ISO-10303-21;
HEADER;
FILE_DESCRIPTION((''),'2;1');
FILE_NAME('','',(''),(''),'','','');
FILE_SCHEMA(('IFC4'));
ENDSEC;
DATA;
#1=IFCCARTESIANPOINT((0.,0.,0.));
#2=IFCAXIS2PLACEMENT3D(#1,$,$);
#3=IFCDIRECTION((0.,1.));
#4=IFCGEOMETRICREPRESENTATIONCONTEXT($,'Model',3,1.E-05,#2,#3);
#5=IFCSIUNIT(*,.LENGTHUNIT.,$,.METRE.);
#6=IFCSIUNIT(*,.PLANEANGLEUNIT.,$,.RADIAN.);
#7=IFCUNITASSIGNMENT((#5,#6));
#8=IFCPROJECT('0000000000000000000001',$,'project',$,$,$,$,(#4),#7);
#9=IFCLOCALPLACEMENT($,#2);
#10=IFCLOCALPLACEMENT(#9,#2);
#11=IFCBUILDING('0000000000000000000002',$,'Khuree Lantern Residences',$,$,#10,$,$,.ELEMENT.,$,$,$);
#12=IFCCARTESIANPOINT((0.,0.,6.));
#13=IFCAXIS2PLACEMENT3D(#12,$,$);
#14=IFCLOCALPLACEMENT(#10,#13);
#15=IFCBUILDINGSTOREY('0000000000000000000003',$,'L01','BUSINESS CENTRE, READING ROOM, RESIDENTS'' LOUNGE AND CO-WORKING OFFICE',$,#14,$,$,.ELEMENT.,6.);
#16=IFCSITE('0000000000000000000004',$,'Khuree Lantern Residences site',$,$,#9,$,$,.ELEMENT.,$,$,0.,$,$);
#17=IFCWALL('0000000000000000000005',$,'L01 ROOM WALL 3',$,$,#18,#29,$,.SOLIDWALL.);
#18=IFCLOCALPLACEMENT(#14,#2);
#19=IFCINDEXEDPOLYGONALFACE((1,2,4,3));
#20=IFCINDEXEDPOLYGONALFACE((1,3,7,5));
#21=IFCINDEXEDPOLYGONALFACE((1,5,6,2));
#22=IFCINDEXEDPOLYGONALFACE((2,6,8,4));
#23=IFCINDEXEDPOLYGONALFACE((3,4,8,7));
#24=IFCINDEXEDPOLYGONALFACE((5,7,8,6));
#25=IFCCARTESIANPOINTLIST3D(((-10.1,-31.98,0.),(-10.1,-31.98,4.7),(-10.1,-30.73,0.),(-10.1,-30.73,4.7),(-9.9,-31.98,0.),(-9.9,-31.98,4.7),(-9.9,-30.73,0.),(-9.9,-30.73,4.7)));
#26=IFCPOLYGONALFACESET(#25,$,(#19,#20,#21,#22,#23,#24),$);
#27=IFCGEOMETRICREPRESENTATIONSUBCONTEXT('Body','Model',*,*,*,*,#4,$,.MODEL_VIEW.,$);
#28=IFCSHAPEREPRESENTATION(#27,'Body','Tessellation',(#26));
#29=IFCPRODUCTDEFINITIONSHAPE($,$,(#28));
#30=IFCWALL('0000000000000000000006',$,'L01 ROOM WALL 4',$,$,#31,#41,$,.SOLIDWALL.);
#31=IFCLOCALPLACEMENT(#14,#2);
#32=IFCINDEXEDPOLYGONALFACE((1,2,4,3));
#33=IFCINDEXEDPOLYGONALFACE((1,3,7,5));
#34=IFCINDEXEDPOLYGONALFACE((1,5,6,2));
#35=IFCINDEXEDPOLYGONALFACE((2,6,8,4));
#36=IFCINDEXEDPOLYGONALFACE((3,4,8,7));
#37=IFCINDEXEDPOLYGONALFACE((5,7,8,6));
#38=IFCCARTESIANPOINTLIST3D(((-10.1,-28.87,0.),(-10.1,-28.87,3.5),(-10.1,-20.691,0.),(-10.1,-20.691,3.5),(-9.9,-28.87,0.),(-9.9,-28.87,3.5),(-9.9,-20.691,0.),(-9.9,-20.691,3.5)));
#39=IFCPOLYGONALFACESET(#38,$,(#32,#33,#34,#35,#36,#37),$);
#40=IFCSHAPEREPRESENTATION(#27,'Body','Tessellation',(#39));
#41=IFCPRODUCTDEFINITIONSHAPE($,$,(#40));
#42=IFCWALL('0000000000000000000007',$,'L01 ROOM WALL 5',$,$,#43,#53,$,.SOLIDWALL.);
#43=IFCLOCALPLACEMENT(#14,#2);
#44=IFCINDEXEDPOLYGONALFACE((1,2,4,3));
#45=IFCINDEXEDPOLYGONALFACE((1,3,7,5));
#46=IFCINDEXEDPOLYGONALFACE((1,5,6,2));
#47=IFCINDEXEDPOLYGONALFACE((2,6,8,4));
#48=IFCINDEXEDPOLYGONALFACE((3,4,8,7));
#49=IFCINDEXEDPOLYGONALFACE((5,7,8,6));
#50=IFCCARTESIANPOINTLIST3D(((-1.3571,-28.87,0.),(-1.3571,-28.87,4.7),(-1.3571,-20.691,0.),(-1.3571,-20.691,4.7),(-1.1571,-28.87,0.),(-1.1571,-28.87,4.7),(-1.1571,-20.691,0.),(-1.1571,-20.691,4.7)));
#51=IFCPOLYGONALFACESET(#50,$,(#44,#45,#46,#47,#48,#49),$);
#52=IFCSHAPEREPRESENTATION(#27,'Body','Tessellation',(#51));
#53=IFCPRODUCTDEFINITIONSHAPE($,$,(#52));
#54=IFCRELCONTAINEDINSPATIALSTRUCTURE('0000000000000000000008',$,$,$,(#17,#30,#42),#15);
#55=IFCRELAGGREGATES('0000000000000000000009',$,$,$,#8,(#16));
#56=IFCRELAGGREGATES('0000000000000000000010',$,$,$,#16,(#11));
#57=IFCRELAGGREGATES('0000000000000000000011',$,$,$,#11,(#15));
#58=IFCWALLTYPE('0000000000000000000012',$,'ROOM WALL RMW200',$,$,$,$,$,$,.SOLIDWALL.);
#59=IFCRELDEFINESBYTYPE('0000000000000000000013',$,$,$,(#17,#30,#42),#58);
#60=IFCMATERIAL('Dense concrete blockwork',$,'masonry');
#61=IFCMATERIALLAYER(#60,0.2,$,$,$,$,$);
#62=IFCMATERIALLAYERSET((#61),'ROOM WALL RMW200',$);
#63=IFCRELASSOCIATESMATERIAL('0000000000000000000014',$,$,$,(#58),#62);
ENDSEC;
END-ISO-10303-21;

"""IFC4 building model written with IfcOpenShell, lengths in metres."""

from ifc_helpers import new_model, si_unit, direction, frame, frame_2d, origin, place, context, subcontext, project, spatial, rectangle, extrude, material, layer, layer_set, type_object, element, save


model = new_model("IFC4")

# Units and contexts
model_context = context("Model", 3, precision=1e-05, world=origin(), true_north=direction((0.0, 1.0)))
body_context = subcontext(model_context, "Body", "Model", "MODEL_VIEW")
ifc_project = project(units=[si_unit("LENGTHUNIT", "METRE"), si_unit("PLANEANGLEUNIT", "RADIAN")], contexts=[model_context])

# Site, building, storey
site_placement = place(None, origin())
site = spatial("IfcSite", under=ifc_project, at=site_placement, Name="Khuree Lantern Residences site", CompositionType="ELEMENT", RefElevation=0.0)
building_placement = place(site_placement, origin())
building = spatial("IfcBuilding", under=site, at=building_placement, Name="Khuree Lantern Residences", CompositionType="ELEMENT")
storey_placement = place(building_placement, frame((0.0, 0.0, 6.0)))
storey = spatial("IfcBuildingStorey", under=building, at=storey_placement, Name="L01", Description="BUSINESS CENTRE, READING ROOM, RESIDENTS' LOUNGE AND CO-WORKING OFFICE", CompositionType="ELEMENT", Elevation=6.0)

# Walls
ifc_material_1 = material(Name="Dense concrete blockwork", Category="masonry")
ifc_layer_1 = layer(ifc_material_1, 0.2)
ifc_layer_set_1 = layer_set([ifc_layer_1], Name="ROOM WALL RMW200")
wall_type_1 = type_object("IfcWallType", Name="ROOM WALL RMW200", PredefinedType="SOLIDWALL", material=ifc_layer_set_1)
wall_1_placement = place(storey_placement, frame((-10.0, -31.98, 0.0), z_axis=(0.0, 0.0, 1.0), x_axis=(0.0, 1.0, 0.0)))
element("IfcWall", 1, at=wall_1_placement, inside=storey, type_object=wall_type_1, Name="L01 ROOM WALL 3", PredefinedType="SOLIDWALL", context=body_context, shape_type="SweptSolid", body=[
    extrude(rectangle(XDim=1.25, YDim=0.2, at=frame_2d((0.625, 0.0))), origin(), (0.0, 0.0, 1.0), 4.7),
])
wall_2_placement = place(storey_placement, frame((-10.0, -28.8699, 0.0), z_axis=(0.0, 0.0, 1.0), x_axis=(0.0, 1.0, 0.0)))
element("IfcWall", 2, at=wall_2_placement, inside=storey, type_object=wall_type_1, Name="L01 ROOM WALL 4", PredefinedType="SOLIDWALL", context=body_context, shape_type="SweptSolid", body=[
    extrude(rectangle(XDim=8.179, YDim=0.2, at=frame_2d((4.0894, 0.0))), origin(), (0.0, 0.0, 1.0), 3.5),
])
wall_3_placement = place(storey_placement, frame((-1.2571, -28.8699, 0.0), z_axis=(0.0, 0.0, 1.0), x_axis=(0.0, 1.0, 0.0)))
element("IfcWall", 3, at=wall_3_placement, inside=storey, type_object=wall_type_1, Name="L01 ROOM WALL 5", PredefinedType="SOLIDWALL", context=body_context, shape_type="SweptSolid", body=[
    extrude(rectangle(XDim=8.179, YDim=0.2, at=frame_2d((4.0894, 0.0))), origin(), (0.0, 0.0, 1.0), 4.7),
])

save(model, "model.ifc")
